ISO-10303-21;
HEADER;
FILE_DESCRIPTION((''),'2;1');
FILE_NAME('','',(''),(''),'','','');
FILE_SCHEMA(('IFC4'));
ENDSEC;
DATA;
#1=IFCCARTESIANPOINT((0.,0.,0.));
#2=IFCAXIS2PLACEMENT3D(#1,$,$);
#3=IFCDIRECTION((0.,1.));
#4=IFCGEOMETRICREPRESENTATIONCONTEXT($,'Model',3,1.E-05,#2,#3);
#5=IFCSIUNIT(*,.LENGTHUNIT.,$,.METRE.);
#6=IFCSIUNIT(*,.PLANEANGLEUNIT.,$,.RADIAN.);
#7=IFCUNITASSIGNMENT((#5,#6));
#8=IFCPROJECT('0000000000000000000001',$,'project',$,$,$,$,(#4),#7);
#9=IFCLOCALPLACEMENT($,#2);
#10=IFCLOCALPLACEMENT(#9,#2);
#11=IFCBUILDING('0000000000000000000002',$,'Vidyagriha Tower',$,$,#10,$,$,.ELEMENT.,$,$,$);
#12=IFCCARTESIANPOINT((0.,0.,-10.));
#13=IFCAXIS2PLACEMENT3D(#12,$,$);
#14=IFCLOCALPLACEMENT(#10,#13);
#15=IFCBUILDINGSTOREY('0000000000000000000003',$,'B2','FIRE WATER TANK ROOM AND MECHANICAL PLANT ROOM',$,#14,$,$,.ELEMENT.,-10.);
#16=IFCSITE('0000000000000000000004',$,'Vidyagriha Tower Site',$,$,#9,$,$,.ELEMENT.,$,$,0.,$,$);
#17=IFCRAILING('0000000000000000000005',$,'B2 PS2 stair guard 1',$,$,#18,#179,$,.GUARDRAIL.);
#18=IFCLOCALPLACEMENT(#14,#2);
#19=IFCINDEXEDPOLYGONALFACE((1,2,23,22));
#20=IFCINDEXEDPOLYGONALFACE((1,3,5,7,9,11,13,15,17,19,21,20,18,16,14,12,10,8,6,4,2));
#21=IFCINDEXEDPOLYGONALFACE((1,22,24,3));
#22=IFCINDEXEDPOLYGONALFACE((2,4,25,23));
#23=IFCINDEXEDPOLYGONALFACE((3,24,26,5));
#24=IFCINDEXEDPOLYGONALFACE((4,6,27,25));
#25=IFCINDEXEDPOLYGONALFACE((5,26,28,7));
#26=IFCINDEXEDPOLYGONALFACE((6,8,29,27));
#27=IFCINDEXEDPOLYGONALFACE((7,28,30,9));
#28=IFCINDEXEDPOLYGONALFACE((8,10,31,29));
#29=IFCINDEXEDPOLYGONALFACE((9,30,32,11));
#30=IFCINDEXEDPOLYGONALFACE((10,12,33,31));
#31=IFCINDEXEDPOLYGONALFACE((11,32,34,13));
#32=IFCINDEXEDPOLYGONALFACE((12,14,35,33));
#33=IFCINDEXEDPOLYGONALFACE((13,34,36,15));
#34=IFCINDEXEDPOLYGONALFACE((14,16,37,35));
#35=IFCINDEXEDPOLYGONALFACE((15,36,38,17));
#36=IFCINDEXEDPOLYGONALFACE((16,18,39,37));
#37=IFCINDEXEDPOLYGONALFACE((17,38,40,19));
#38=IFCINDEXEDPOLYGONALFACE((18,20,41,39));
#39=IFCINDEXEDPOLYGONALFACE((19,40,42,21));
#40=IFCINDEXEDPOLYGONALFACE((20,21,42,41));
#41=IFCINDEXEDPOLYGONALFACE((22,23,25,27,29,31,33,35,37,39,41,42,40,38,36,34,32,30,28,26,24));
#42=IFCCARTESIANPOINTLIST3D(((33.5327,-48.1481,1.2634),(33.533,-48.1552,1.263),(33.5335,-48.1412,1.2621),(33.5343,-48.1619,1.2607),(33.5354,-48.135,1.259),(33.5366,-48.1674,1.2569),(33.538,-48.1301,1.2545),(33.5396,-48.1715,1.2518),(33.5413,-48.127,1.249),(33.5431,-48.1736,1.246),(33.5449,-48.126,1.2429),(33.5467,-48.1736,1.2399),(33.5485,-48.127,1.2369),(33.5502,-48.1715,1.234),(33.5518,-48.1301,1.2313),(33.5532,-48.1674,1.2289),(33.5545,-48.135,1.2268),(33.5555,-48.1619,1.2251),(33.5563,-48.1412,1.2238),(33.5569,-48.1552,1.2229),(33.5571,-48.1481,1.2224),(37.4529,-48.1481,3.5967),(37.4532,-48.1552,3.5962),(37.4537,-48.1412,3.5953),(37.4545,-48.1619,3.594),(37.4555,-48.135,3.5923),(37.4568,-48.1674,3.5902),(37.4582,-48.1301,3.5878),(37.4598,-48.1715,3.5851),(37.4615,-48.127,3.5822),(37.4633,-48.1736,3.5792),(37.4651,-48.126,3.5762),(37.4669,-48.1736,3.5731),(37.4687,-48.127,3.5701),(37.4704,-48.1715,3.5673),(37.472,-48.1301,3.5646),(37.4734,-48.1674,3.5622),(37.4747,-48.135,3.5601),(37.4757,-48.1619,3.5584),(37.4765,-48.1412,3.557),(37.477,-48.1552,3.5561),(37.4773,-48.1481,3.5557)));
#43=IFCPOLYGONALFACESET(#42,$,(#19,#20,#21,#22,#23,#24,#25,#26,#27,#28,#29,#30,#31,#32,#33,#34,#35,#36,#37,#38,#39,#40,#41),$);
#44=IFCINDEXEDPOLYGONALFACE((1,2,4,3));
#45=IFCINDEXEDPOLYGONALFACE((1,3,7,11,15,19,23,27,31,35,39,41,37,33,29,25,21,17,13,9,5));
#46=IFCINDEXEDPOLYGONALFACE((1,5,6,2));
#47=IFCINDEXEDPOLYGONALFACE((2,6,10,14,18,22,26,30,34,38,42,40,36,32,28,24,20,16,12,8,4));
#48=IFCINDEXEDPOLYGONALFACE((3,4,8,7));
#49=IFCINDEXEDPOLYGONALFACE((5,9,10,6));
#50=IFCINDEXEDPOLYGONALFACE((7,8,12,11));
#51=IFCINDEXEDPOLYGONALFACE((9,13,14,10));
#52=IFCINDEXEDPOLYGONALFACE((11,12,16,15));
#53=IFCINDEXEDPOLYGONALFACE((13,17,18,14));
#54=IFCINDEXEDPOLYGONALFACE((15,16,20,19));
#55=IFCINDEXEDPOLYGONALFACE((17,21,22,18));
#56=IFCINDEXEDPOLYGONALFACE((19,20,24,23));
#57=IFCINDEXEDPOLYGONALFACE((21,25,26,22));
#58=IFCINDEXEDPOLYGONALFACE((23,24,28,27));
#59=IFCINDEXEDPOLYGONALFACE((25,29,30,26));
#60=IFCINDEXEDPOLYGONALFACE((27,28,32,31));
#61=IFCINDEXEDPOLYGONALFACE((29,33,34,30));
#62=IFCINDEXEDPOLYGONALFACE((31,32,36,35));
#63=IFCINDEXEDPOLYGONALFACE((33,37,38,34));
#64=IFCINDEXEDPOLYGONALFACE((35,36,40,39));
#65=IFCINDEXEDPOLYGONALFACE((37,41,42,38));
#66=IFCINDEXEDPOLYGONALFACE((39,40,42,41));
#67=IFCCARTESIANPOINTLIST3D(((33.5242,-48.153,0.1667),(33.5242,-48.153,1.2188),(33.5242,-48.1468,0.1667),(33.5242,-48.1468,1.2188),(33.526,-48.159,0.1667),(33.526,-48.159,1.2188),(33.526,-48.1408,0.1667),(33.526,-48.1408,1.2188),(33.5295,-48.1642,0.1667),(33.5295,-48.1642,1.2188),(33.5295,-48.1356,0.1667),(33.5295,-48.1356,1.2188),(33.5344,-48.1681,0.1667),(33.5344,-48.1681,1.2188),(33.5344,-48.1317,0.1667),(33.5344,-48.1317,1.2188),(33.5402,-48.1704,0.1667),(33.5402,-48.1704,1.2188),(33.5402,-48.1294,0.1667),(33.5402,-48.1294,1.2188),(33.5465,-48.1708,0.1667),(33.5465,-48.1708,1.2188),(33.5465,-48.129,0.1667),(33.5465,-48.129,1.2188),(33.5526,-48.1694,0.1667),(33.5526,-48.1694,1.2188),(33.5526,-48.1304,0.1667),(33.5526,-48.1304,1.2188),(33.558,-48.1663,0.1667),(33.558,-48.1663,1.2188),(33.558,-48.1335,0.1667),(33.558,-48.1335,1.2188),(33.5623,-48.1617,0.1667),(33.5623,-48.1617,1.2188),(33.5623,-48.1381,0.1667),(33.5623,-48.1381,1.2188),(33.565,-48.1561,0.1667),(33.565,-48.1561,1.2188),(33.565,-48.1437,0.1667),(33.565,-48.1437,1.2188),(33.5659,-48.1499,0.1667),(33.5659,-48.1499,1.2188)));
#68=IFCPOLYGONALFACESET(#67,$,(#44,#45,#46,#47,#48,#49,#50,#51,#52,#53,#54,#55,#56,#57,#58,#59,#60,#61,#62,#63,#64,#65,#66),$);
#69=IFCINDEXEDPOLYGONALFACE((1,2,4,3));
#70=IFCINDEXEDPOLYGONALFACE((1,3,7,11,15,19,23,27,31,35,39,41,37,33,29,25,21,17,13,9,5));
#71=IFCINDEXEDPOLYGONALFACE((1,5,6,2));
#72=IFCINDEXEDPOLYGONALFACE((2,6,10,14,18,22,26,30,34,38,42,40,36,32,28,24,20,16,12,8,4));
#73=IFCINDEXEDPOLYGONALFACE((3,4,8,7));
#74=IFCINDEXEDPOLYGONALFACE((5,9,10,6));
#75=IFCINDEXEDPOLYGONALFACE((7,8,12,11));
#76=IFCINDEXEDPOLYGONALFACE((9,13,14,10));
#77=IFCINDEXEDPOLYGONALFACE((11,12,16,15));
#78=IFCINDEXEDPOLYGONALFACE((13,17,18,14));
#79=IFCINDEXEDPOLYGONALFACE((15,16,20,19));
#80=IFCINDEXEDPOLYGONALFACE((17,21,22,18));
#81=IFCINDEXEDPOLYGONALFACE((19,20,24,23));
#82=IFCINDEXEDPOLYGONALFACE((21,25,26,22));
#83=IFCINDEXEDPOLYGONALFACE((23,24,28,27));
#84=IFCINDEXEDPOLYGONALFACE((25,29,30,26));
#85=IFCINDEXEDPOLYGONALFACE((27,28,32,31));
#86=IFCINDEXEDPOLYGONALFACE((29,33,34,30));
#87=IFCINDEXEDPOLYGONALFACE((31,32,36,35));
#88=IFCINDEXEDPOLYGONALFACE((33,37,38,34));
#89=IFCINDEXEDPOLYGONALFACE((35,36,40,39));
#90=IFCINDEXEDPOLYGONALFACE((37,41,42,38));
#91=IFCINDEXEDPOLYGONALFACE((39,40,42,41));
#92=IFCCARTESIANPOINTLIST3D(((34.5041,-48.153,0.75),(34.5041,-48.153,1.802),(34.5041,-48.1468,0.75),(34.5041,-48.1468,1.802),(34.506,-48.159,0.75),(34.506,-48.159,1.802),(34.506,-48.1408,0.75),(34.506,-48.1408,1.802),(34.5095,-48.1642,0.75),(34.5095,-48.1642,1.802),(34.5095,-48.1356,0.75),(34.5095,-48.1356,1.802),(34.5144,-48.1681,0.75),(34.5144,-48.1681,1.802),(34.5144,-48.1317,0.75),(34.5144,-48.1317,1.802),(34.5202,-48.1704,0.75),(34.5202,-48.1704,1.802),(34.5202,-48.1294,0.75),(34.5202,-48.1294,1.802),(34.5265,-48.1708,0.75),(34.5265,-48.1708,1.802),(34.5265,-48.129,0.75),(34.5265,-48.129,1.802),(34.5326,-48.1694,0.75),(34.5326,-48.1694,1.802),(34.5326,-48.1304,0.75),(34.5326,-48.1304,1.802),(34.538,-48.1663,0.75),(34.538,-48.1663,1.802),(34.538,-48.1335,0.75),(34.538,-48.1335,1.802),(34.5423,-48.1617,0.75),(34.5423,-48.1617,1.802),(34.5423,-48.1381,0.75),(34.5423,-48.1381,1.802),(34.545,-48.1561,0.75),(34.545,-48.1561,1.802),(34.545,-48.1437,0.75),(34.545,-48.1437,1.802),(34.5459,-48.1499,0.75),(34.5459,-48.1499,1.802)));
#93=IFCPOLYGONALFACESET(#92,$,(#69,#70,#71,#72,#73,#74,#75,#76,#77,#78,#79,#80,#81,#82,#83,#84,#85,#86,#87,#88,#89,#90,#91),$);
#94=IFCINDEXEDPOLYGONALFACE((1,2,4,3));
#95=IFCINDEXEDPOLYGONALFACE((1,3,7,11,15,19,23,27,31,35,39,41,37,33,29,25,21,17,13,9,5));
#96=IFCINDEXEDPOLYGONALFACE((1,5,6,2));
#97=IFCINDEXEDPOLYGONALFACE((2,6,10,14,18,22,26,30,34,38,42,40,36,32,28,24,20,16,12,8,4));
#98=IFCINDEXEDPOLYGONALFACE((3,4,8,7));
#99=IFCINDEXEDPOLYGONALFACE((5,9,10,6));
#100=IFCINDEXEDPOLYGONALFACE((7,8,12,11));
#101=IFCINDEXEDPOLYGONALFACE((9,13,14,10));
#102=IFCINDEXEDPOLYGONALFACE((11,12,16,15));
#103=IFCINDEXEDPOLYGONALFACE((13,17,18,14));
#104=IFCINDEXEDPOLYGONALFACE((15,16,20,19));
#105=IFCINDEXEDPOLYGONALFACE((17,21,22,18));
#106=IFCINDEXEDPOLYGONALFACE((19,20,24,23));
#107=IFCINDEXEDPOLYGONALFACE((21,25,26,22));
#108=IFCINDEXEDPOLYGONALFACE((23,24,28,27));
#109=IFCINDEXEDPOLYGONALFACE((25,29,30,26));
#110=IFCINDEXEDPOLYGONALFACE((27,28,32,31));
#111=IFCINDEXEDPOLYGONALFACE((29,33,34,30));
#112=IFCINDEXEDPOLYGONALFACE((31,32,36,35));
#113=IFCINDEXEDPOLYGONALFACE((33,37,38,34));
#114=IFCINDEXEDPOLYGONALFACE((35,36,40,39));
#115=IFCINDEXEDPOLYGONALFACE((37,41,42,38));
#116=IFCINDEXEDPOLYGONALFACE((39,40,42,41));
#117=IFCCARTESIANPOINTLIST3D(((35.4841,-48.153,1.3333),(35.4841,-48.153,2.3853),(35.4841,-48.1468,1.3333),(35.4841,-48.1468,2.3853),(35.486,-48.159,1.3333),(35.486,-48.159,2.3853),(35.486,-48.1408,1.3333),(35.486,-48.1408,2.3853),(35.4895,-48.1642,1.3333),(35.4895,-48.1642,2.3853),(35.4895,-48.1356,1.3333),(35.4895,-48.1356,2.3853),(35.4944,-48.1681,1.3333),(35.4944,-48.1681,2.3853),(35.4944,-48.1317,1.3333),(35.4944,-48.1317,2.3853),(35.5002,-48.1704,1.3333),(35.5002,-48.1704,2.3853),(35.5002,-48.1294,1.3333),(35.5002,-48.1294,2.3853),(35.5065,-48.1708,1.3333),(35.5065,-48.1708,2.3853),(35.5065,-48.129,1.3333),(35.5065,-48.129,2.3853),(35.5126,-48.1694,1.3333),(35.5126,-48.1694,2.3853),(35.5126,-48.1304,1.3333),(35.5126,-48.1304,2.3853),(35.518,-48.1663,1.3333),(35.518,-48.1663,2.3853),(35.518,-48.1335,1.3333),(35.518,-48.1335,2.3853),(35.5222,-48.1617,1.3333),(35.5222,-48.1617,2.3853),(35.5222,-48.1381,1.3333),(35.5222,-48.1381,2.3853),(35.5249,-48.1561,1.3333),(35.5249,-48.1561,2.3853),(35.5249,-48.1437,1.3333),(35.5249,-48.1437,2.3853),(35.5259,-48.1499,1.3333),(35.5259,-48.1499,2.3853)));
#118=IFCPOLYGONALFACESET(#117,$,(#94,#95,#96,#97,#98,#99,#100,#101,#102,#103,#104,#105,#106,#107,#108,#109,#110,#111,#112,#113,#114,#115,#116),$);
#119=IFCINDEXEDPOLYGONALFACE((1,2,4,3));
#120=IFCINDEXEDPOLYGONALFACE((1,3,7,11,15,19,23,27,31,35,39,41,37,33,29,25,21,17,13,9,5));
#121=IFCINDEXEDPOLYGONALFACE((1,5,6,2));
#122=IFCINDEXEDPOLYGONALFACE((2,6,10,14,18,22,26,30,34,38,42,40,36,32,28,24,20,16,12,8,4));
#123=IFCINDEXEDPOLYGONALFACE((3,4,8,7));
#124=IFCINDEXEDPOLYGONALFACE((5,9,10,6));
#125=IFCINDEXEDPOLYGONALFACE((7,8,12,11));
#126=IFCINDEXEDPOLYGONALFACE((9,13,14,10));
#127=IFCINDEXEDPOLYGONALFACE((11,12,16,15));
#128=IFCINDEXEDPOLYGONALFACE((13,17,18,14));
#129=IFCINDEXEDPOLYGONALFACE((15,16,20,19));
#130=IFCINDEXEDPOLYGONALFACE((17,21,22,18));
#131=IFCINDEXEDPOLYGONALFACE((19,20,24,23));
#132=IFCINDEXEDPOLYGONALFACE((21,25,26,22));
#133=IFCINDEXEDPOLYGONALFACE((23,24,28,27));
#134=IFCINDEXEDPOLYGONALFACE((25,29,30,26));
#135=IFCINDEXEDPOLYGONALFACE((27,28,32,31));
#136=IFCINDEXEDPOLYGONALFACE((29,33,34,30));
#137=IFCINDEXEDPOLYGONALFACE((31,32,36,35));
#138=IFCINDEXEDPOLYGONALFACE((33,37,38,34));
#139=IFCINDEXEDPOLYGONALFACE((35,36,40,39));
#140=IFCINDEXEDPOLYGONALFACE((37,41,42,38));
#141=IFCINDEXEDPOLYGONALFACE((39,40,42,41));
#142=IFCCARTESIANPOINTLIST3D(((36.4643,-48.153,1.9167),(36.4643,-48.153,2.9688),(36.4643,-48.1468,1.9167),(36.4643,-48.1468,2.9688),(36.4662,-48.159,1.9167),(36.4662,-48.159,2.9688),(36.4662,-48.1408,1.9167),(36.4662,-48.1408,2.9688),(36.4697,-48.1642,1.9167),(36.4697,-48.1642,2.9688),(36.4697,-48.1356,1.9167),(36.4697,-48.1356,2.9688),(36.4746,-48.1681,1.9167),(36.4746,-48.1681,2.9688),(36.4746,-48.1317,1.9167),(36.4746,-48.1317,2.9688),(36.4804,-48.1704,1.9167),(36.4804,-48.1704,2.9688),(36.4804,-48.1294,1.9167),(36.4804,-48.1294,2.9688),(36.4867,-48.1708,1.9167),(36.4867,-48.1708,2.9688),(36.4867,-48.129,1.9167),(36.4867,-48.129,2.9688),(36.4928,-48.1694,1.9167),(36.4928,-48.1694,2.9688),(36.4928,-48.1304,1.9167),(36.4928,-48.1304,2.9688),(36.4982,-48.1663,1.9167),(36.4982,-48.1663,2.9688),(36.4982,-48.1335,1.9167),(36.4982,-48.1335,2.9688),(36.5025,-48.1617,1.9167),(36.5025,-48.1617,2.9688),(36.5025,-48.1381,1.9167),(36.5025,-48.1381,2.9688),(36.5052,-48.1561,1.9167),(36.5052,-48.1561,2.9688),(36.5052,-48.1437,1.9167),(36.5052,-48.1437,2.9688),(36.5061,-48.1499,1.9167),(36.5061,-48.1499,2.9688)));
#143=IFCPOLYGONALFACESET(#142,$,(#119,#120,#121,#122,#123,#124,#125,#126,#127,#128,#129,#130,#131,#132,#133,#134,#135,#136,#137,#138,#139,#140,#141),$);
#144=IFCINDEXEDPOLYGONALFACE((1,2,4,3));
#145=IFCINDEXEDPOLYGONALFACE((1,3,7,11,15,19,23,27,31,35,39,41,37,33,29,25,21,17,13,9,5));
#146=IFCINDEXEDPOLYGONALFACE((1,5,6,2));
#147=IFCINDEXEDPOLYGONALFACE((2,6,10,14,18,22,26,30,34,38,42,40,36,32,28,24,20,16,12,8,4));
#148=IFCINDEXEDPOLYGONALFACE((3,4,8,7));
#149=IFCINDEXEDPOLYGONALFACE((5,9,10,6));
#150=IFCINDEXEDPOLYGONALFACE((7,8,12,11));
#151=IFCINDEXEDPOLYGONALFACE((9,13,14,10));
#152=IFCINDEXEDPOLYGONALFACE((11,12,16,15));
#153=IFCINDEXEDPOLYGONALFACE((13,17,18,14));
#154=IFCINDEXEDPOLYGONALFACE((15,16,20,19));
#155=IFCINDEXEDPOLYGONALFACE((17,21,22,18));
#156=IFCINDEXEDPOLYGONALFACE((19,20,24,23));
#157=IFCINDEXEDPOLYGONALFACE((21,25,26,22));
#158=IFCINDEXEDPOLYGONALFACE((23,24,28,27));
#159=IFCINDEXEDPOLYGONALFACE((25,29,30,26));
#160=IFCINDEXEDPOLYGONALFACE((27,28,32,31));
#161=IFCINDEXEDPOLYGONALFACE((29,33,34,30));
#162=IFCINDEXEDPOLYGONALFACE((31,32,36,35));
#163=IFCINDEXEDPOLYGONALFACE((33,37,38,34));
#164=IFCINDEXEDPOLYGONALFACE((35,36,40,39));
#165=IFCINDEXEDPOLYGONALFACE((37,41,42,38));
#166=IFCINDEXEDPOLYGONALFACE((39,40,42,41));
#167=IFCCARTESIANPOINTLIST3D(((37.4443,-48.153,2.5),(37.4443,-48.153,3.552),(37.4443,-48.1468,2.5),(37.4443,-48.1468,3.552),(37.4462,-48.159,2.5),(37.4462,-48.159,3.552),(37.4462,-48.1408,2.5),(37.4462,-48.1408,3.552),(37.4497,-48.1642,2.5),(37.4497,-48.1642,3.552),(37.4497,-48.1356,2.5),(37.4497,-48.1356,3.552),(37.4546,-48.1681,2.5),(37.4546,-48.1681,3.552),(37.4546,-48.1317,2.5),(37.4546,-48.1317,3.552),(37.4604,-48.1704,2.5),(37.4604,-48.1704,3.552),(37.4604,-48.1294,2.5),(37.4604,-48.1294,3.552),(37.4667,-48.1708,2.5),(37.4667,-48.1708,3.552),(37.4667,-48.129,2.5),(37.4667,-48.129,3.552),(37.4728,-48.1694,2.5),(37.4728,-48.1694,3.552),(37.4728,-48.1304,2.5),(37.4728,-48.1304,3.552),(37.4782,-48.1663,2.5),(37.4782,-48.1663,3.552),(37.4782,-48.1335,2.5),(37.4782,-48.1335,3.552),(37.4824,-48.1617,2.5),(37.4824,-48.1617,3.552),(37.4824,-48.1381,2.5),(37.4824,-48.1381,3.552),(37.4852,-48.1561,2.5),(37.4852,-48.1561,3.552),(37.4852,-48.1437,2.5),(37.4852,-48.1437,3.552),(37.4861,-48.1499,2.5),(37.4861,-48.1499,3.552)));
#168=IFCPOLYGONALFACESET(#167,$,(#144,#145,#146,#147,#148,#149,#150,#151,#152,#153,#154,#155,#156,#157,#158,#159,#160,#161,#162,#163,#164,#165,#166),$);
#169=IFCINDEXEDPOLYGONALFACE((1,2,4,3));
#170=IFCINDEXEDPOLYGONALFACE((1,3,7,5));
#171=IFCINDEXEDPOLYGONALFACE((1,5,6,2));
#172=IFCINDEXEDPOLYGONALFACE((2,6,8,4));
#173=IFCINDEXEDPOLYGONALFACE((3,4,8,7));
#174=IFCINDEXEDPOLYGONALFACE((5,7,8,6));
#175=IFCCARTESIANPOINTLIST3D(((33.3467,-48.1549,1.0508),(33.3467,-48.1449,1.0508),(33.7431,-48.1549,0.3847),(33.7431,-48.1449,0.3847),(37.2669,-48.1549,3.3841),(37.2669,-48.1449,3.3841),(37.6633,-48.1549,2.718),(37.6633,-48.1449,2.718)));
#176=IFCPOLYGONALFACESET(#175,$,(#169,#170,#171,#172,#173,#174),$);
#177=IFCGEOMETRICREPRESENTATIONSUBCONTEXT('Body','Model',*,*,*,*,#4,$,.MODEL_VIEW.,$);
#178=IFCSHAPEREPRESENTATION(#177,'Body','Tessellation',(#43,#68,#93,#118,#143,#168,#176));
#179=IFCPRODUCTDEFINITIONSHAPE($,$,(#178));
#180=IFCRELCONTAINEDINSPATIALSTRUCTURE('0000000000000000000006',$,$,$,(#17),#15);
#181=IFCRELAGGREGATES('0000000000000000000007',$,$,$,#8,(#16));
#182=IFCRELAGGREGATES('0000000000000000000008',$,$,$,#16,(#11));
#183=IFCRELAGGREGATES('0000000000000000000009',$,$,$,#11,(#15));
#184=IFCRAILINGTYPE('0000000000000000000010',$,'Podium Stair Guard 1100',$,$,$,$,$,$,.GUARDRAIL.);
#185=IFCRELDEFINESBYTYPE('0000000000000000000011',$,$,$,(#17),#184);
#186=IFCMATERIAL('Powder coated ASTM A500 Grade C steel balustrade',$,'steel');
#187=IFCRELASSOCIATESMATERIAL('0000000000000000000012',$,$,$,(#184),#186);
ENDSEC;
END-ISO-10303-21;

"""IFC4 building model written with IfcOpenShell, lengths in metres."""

from ifc_helpers import new_model, si_unit, direction, frame, origin, origin_2d, place, context, subcontext, project, spatial, rectangle, circle, extrude, material, type_object, element, save


model = new_model("IFC4")

# Units and contexts
model_context = context("Model", 3, precision=1e-05, world=origin(), true_north=direction((0.0, 1.0)))
body_context = subcontext(model_context, "Body", "Model", "MODEL_VIEW")
ifc_project = project(units=[si_unit("LENGTHUNIT", "METRE"), si_unit("PLANEANGLEUNIT", "RADIAN")], contexts=[model_context])

# Site, building, storey
site_placement = place(None, origin())
site = spatial("IfcSite", under=ifc_project, at=site_placement, Name="Vidyagriha Tower Site", CompositionType="ELEMENT", RefElevation=0.0)
building_placement = place(site_placement, origin())
building = spatial("IfcBuilding", under=site, at=building_placement, Name="Vidyagriha Tower", CompositionType="ELEMENT")
storey_placement = place(building_placement, frame((0.0, 0.0, -10.0)))
storey = spatial("IfcBuildingStorey", under=building, at=storey_placement, Name="B2", Description="FIRE WATER TANK ROOM AND MECHANICAL PLANT ROOM", CompositionType="ELEMENT", Elevation=-10.0)

# Railing
ifc_material_1 = material(Name="Powder coated ASTM A500 Grade C steel balustrade", Category="steel")
railing_type_1 = type_object("IfcRailingType", Name="Podium Stair Guard 1100", PredefinedType="GUARDRAIL", material=ifc_material_1)
railing_1_placement = place(storey_placement, frame((33.5449, -48.1499, 0.1667)))
element("IfcRailing", 1, at=railing_1_placement, inside=storey, type_object=railing_type_1, Name="B2 PS2 stair guard 1", PredefinedType="GUARDRAIL", context=body_context, shape_type="SweptSolid", body=[
    extrude(circle(Radius=0.0239, at=origin_2d()), frame((0.0, 0.0, 1.0762), z_axis=(0.85931, 0.0, 0.511455), x_axis=(0.0, 1.0, 0.0)), (0.0, 0.0, 1.0), 4.562),
    extrude(circle(Radius=0.021, at=origin_2d()), origin(), (0.0, 0.0, 1.0), 1.052),
    extrude(circle(Radius=0.021, at=origin_2d()), frame((0.98, 0.0, 0.5833)), (0.0, 0.0, 1.0), 1.052),
    extrude(circle(Radius=0.021, at=origin_2d()), frame((1.96, 0.0, 1.1665)), (0.0, 0.0, 1.0), 1.052),
    extrude(circle(Radius=0.021, at=origin_2d()), frame((2.9402, 0.0, 1.75)), (0.0, 0.0, 1.0), 1.052),
    extrude(circle(Radius=0.021, at=origin_2d()), frame((3.9202, 0.0, 2.3333)), (0.0, 0.0, 1.0), 1.052),
    extrude(rectangle(XDim=0.01, YDim=0.7751, at=origin_2d()), frame((0.0, 0.0, 0.551), z_axis=(0.85931, 0.0, 0.511455), x_axis=(0.0, 1.0, 0.0)), (0.0, 0.0, 1.0), 4.562),
])

save(model, "model.ifc")
